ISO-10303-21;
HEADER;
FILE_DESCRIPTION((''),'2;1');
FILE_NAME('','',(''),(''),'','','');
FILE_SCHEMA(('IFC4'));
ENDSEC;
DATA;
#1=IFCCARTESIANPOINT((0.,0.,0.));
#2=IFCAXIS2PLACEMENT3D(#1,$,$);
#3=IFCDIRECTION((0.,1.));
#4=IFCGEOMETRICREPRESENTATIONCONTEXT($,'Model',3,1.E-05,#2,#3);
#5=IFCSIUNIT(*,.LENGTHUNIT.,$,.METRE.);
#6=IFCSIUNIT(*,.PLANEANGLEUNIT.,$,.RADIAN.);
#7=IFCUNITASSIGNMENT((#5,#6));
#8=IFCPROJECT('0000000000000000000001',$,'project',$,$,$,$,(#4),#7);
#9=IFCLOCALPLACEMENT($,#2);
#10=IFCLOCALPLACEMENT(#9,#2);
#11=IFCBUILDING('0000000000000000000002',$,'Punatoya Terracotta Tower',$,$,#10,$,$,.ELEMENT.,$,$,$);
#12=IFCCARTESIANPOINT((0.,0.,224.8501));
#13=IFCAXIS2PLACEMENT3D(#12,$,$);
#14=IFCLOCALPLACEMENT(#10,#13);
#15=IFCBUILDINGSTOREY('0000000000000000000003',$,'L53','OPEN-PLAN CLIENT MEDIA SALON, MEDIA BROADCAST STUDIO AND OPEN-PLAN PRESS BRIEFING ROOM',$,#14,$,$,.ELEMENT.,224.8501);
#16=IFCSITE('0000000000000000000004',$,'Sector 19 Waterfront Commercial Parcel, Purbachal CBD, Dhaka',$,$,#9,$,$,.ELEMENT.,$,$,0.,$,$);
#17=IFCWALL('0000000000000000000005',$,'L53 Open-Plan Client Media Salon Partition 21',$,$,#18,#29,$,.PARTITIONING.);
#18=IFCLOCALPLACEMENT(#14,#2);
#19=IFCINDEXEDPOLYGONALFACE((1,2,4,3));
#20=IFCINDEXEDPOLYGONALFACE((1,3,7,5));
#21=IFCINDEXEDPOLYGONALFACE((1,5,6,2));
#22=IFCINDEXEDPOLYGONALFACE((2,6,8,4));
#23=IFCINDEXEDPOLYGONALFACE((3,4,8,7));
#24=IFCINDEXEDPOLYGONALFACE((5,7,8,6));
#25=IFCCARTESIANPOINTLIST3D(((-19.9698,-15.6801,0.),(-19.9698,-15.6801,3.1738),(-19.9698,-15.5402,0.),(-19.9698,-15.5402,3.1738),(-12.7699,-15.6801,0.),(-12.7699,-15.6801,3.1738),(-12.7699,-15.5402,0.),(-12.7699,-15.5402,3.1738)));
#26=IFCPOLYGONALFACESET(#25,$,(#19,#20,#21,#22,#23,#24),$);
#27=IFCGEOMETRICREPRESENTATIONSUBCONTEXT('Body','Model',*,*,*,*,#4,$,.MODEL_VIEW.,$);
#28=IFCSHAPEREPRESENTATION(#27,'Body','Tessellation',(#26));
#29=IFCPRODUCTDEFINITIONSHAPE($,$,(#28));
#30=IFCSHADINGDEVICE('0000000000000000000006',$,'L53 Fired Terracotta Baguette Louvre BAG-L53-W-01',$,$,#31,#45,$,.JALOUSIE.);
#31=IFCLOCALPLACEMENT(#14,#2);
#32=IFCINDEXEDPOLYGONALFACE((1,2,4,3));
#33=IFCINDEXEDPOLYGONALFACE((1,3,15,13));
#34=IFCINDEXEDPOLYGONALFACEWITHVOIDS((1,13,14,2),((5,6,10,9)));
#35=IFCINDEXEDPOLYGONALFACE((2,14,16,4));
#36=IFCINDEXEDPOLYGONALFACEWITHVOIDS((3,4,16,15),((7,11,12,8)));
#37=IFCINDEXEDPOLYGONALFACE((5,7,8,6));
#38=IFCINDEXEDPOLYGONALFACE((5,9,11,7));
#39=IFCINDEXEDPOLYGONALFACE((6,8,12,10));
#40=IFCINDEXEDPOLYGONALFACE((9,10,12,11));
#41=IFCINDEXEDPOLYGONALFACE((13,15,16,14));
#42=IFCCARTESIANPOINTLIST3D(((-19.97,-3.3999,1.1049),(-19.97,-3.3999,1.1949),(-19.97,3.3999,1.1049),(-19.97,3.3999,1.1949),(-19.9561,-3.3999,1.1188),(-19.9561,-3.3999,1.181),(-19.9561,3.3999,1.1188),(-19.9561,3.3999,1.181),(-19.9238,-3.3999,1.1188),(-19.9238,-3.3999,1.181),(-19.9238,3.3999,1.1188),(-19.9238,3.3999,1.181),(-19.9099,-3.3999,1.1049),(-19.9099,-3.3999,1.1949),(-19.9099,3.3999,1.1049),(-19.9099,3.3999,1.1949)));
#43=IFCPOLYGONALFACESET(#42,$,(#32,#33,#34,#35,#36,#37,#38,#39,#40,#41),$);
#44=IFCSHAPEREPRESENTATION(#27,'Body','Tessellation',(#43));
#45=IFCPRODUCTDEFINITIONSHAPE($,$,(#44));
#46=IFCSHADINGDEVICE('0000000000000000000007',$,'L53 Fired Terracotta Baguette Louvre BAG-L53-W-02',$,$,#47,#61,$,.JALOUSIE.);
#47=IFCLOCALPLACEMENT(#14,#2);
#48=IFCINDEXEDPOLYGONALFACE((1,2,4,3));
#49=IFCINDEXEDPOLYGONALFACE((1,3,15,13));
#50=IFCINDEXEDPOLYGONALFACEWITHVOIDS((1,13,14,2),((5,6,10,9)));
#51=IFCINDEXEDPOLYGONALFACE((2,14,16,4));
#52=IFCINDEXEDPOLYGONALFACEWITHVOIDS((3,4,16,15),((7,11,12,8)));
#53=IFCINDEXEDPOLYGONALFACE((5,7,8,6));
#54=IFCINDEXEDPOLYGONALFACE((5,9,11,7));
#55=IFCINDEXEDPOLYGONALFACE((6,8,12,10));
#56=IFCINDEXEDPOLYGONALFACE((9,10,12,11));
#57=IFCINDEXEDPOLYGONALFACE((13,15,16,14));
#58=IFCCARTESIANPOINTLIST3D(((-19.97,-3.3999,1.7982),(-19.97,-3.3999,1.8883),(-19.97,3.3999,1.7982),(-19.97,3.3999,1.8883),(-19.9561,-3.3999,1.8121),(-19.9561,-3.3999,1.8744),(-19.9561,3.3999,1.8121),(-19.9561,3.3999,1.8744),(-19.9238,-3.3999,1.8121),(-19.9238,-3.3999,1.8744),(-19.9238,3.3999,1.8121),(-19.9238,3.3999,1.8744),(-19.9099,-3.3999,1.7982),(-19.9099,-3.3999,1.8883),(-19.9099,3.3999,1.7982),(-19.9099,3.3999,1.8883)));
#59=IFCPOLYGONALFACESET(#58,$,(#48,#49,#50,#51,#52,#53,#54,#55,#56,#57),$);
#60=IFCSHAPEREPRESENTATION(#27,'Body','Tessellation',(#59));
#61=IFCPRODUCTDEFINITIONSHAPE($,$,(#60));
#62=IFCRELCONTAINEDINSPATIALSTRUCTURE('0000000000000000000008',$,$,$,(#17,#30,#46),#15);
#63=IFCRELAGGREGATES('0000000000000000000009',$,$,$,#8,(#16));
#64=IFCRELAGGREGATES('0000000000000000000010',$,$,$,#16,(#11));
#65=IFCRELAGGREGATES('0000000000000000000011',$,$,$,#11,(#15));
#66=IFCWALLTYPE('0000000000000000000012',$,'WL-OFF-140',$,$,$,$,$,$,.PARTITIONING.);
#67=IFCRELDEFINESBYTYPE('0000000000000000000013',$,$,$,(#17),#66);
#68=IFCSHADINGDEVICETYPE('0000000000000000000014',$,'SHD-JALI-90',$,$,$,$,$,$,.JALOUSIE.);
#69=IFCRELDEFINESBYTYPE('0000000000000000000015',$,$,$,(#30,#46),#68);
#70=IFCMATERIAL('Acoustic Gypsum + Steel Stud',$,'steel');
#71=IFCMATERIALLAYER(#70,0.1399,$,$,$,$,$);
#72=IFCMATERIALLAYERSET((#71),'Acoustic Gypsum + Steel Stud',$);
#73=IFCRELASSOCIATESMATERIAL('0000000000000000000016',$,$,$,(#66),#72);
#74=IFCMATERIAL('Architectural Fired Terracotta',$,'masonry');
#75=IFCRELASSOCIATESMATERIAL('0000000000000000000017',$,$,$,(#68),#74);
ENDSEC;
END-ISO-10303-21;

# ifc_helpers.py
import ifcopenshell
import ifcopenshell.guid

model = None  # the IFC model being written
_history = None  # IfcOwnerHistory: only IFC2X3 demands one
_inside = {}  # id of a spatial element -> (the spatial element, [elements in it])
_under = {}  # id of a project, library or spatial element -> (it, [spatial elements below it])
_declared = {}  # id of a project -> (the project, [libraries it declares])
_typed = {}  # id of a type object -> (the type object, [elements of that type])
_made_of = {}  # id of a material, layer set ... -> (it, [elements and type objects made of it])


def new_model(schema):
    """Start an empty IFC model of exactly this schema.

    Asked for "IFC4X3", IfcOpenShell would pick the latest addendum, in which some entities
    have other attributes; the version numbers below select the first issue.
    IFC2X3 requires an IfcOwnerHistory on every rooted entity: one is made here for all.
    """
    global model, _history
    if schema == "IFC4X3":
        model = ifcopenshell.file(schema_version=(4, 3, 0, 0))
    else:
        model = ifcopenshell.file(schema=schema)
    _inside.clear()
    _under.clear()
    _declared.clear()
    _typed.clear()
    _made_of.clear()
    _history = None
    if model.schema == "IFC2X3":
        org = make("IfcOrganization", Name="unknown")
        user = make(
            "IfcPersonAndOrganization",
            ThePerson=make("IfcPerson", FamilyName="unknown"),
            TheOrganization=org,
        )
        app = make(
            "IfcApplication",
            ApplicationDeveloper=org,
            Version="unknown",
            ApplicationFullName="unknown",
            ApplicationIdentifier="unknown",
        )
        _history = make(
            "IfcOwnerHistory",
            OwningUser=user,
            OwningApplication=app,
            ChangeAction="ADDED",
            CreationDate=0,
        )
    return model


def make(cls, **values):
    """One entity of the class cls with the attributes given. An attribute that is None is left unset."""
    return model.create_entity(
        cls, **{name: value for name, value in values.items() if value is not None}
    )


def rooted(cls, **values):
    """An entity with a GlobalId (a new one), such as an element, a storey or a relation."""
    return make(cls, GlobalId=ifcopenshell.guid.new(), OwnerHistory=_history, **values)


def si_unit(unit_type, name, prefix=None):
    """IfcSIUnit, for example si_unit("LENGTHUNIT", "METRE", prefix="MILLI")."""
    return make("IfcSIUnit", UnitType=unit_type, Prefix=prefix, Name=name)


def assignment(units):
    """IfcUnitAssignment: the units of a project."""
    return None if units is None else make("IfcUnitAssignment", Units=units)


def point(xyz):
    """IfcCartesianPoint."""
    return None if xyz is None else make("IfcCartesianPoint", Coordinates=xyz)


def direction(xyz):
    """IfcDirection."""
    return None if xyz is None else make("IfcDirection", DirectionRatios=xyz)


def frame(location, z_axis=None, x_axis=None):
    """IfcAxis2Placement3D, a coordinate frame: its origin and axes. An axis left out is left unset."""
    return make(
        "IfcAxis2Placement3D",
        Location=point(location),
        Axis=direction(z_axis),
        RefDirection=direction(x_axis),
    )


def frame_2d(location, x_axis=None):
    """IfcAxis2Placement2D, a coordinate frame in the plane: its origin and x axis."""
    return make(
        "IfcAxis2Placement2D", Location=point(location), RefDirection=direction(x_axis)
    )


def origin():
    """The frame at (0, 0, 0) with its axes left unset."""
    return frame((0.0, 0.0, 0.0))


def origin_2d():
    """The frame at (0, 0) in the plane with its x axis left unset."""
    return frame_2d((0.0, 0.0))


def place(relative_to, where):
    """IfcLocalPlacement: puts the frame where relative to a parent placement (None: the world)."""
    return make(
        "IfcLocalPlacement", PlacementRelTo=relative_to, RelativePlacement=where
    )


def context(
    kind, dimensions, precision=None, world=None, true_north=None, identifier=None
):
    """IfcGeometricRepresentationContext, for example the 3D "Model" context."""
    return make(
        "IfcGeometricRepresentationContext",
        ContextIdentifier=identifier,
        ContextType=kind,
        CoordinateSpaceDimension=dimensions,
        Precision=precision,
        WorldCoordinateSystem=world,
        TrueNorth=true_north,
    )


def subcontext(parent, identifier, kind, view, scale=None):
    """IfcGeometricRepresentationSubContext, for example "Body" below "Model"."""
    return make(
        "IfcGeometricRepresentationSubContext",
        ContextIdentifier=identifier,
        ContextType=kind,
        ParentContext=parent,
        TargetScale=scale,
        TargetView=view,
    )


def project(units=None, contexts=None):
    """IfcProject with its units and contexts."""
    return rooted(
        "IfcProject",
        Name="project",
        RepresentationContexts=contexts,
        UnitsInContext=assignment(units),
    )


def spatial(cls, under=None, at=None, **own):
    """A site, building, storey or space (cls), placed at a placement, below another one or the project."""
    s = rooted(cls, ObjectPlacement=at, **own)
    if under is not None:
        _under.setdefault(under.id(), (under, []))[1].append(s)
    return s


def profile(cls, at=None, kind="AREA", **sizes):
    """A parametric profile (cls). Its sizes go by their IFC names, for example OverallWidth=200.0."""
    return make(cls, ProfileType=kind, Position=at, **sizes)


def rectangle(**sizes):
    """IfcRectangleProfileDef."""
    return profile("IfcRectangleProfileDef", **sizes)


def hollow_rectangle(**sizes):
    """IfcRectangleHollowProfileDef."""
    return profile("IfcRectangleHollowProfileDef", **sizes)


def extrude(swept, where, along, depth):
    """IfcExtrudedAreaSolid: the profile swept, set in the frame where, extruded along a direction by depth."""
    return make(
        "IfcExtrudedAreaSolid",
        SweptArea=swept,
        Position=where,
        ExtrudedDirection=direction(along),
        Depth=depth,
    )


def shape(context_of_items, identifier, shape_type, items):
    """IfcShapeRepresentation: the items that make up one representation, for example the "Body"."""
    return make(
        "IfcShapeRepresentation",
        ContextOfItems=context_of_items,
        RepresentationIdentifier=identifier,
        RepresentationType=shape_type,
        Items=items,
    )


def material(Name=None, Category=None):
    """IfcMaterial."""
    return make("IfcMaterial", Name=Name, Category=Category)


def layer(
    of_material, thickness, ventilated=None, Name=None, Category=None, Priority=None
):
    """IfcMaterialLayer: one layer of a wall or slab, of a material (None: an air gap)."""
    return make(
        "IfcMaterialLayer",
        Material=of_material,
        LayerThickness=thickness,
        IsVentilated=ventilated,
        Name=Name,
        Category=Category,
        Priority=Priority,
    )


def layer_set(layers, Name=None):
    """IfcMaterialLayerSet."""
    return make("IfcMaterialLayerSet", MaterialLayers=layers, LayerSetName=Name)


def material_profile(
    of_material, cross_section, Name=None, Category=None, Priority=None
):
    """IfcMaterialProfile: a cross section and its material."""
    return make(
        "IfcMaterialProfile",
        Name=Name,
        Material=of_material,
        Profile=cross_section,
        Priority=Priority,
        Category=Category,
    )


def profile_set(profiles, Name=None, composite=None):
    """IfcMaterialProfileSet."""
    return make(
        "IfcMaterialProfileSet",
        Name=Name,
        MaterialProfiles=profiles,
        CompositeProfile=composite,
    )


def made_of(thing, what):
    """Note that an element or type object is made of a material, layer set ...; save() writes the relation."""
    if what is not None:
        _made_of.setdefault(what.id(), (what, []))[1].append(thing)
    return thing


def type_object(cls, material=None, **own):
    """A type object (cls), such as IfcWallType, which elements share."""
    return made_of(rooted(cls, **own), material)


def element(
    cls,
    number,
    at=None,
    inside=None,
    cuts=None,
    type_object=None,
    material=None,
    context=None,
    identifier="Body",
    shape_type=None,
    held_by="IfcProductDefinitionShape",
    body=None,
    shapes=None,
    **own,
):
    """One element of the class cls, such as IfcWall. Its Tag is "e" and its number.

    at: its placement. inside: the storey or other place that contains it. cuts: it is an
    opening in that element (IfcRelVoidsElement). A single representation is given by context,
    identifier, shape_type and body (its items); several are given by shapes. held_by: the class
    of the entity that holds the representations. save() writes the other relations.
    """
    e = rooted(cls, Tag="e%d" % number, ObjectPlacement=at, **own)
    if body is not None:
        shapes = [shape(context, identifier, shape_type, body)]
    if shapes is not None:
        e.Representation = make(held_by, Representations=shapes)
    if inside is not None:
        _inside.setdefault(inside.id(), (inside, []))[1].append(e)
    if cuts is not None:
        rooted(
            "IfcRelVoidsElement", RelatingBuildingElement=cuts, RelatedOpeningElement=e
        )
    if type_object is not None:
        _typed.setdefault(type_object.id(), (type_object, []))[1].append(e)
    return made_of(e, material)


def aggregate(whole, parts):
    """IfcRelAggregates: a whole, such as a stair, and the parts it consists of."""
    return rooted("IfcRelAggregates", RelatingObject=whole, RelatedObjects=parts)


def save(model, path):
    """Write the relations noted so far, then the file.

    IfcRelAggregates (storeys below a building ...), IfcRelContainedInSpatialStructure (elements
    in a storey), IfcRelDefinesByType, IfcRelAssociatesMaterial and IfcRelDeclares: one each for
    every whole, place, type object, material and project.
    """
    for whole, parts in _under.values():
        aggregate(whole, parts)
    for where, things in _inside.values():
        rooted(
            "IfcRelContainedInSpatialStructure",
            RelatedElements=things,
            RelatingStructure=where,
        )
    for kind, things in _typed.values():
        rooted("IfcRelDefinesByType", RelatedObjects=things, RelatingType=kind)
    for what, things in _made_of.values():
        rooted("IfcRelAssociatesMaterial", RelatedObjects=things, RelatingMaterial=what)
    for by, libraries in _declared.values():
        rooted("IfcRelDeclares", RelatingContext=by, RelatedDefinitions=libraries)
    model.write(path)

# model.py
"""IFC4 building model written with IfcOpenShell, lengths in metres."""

from ifc_helpers import new_model, si_unit, direction, frame, frame_2d, origin, origin_2d, place, context, subcontext, project, spatial, rectangle, hollow_rectangle, extrude, material, layer, layer_set, material_profile, profile_set, type_object, element, save


model = new_model("IFC4")

# Units and contexts
model_context = context("Model", 3, precision=1e-05, world=origin(), true_north=direction((0.0, 1.0)))
body_context = subcontext(model_context, "Body", "Model", "MODEL_VIEW")
ifc_project = project(units=[si_unit("LENGTHUNIT", "METRE"), si_unit("PLANEANGLEUNIT", "RADIAN")], contexts=[model_context])

# Site, building, storey
site_placement = place(None, origin())
site = spatial("IfcSite", under=ifc_project, at=site_placement, Name="Sector 19 Waterfront Commercial Parcel, Purbachal CBD, Dhaka", CompositionType="ELEMENT", RefElevation=0.0)
building_placement = place(site_placement, origin())
building = spatial("IfcBuilding", under=site, at=building_placement, Name="Punatoya Terracotta Tower", CompositionType="ELEMENT")
storey_placement = place(building_placement, frame((0.0, 0.0, 224.8501)))
storey = spatial("IfcBuildingStorey", under=building, at=storey_placement, Name="L53", Description="OPEN-PLAN CLIENT MEDIA SALON, MEDIA BROADCAST STUDIO AND OPEN-PLAN PRESS BRIEFING ROOM", CompositionType="ELEMENT", Elevation=224.8501)

# Wall
ifc_material_1 = material(Name="Acoustic Gypsum + Steel Stud", Category="steel")
ifc_layer_1 = layer(ifc_material_1, 0.1399)
ifc_layer_set_1 = layer_set([ifc_layer_1], Name="Acoustic Gypsum + Steel Stud")
wall_type_1 = type_object("IfcWallType", Name="WL-OFF-140", PredefinedType="PARTITIONING", material=ifc_layer_set_1)
wall_1_placement = place(storey_placement, frame((-19.97, -15.6101, 0.0), z_axis=(0.0, 0.0, 1.0), x_axis=(1.0, 0.0, 0.0)))
element("IfcWall", 1, at=wall_1_placement, inside=storey, type_object=wall_type_1, Name="L53 Open-Plan Client Media Salon Partition 21", PredefinedType="PARTITIONING", context=body_context, shape_type="SweptSolid", body=[
    extrude(rectangle(XDim=7.2, YDim=0.1399, at=frame_2d((3.6001, 0.0))), origin(), (0.0, 0.0, 1.0), 3.1738),
])

# Shading devices
ifc_material_2 = material(Name="Architectural Fired Terracotta", Category="masonry")
ifc_material_profile_1 = material_profile(ifc_material_2, hollow_rectangle(XDim=0.0601, YDim=0.0901, WallThickness=0.0139, at=origin_2d()))
ifc_profile_set_1 = profile_set([ifc_material_profile_1], Name="Architectural Fired Terracotta")
shading_device_type = type_object("IfcShadingDeviceType", Name="SHD-JALI-90", PredefinedType="JALOUSIE", material=ifc_profile_set_1)
for number, where, z_axis, x_axis, name in (
    (2, (-19.9399, -3.3999, 1.1499), (0.0, 1.0, 0.0), (-1.0, 0.0, 0.0), "L53 Fired Terracotta Baguette Louvre BAG-L53-W-01"),
    (3, (-19.9399, -3.3999, 1.8433), (0.0, 1.0, 0.0), (-1.0, 0.0, 0.0), "L53 Fired Terracotta Baguette Louvre BAG-L53-W-02"),
):
    element("IfcShadingDevice", number, at=place(storey_placement, frame(where, z_axis=z_axis, x_axis=x_axis)), inside=storey, type_object=shading_device_type, Name=name, PredefinedType="JALOUSIE", context=body_context, shape_type="SweptSolid", body=[
        extrude(hollow_rectangle(XDim=0.0601, YDim=0.0901, WallThickness=0.0139, at=origin_2d()), origin(), (0.0, 0.0, 1.0), 6.7998),
    ])

save(model, "model.ifc")
